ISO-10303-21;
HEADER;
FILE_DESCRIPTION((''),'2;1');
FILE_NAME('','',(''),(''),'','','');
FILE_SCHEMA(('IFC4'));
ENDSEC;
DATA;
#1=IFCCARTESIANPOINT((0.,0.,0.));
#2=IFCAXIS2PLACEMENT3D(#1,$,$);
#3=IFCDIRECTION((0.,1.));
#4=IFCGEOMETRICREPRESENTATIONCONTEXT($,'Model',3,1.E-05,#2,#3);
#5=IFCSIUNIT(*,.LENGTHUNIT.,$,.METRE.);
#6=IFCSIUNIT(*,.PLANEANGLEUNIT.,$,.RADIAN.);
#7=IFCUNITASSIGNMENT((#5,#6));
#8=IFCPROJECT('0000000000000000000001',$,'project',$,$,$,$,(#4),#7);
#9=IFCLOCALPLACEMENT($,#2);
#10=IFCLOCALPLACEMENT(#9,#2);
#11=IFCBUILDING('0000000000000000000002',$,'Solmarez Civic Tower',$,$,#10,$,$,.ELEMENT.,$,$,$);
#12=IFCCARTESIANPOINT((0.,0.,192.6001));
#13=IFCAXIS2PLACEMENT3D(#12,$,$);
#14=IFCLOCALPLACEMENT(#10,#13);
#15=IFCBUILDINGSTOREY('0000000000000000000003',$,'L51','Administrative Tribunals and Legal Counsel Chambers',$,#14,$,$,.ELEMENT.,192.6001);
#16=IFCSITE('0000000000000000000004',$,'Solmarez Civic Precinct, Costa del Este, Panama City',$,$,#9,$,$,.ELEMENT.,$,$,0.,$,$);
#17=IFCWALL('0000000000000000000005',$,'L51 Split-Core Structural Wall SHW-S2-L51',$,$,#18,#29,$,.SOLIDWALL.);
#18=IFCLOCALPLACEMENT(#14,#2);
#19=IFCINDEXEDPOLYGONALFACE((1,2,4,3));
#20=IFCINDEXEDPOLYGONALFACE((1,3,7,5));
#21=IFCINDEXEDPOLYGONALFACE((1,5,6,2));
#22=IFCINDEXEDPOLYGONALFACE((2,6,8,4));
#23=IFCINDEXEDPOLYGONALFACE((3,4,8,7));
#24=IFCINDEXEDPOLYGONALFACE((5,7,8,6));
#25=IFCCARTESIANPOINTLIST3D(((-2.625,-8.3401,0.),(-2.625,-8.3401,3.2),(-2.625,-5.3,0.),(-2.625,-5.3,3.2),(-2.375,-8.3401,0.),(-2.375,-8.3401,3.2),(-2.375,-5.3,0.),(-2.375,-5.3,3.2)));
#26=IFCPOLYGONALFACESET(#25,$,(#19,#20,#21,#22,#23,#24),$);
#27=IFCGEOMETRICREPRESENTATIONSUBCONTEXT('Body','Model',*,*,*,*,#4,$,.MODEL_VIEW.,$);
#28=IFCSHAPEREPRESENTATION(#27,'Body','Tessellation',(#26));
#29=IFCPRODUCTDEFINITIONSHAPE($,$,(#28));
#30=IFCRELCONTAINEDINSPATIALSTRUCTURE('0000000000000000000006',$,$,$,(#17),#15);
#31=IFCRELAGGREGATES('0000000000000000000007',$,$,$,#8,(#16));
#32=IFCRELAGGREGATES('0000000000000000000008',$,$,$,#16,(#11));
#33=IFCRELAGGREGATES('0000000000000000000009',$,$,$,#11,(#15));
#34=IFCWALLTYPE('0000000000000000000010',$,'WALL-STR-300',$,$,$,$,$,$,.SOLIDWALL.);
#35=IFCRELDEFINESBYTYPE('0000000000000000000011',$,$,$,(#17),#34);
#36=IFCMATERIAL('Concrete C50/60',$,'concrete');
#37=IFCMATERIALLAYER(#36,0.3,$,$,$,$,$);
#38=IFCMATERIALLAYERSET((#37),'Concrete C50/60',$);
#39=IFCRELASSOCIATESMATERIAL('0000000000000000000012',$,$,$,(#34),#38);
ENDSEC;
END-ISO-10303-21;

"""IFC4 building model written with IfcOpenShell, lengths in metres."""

from ifc_helpers import new_model, si_unit, direction, frame, frame_2d, origin, place, context, subcontext, project, spatial, rectangle, extrude, material, layer, layer_set, type_object, element, save


model = new_model("IFC4")

# Units and contexts
model_context = context("Model", 3, precision=1e-05, world=origin(), true_north=direction((0.0, 1.0)))
body_context = subcontext(model_context, "Body", "Model", "MODEL_VIEW")
ifc_project = project(units=[si_unit("LENGTHUNIT", "METRE"), si_unit("PLANEANGLEUNIT", "RADIAN")], contexts=[model_context])

# Site, building, storey
site_placement = place(None, origin())
site = spatial("IfcSite", under=ifc_project, at=site_placement, Name="Solmarez Civic Precinct, Costa del Este, Panama City", CompositionType="ELEMENT", RefElevation=0.0)
building_placement = place(site_placement, origin())
building = spatial("IfcBuilding", under=site, at=building_placement, Name="Solmarez Civic Tower", CompositionType="ELEMENT")
storey_placement = place(building_placement, frame((0.0, 0.0, 192.6001)))
storey = spatial("IfcBuildingStorey", under=building, at=storey_placement, Name="L51", Description="Administrative Tribunals and Legal Counsel Chambers", CompositionType="ELEMENT", Elevation=192.6001)

# Shared definitions
ifc_material_1 = material(Name="Concrete C50/60", Category="concrete")

# Wall
ifc_layer_1 = layer(ifc_material_1, 0.3)
ifc_layer_set_1 = layer_set([ifc_layer_1], Name="Concrete C50/60")
wall_type_1 = type_object("IfcWallType", Name="WALL-STR-300", PredefinedType="SOLIDWALL", material=ifc_layer_set_1)
for number, where, z_axis, x_axis, name in (
    (1, (-2.5, -8.3401, 0.0), (0.0, 0.0, 1.0), (0.0, 1.0, 0.0), "L51 Split-Core Structural Wall SHW-S2-L51"),
):
    element("IfcWall", number, at=place(storey_placement, frame(where, z_axis=z_axis, x_axis=x_axis)), inside=storey, type_object=wall_type_1, Name=name, PredefinedType="SOLIDWALL", context=body_context, shape_type="SweptSolid", body=[
        extrude(rectangle(XDim=3.04, YDim=0.25, at=frame_2d((1.52, 0.0))), origin(), (0.0, 0.0, 1.0), 3.2),
    ])

save(model, "model.ifc")
